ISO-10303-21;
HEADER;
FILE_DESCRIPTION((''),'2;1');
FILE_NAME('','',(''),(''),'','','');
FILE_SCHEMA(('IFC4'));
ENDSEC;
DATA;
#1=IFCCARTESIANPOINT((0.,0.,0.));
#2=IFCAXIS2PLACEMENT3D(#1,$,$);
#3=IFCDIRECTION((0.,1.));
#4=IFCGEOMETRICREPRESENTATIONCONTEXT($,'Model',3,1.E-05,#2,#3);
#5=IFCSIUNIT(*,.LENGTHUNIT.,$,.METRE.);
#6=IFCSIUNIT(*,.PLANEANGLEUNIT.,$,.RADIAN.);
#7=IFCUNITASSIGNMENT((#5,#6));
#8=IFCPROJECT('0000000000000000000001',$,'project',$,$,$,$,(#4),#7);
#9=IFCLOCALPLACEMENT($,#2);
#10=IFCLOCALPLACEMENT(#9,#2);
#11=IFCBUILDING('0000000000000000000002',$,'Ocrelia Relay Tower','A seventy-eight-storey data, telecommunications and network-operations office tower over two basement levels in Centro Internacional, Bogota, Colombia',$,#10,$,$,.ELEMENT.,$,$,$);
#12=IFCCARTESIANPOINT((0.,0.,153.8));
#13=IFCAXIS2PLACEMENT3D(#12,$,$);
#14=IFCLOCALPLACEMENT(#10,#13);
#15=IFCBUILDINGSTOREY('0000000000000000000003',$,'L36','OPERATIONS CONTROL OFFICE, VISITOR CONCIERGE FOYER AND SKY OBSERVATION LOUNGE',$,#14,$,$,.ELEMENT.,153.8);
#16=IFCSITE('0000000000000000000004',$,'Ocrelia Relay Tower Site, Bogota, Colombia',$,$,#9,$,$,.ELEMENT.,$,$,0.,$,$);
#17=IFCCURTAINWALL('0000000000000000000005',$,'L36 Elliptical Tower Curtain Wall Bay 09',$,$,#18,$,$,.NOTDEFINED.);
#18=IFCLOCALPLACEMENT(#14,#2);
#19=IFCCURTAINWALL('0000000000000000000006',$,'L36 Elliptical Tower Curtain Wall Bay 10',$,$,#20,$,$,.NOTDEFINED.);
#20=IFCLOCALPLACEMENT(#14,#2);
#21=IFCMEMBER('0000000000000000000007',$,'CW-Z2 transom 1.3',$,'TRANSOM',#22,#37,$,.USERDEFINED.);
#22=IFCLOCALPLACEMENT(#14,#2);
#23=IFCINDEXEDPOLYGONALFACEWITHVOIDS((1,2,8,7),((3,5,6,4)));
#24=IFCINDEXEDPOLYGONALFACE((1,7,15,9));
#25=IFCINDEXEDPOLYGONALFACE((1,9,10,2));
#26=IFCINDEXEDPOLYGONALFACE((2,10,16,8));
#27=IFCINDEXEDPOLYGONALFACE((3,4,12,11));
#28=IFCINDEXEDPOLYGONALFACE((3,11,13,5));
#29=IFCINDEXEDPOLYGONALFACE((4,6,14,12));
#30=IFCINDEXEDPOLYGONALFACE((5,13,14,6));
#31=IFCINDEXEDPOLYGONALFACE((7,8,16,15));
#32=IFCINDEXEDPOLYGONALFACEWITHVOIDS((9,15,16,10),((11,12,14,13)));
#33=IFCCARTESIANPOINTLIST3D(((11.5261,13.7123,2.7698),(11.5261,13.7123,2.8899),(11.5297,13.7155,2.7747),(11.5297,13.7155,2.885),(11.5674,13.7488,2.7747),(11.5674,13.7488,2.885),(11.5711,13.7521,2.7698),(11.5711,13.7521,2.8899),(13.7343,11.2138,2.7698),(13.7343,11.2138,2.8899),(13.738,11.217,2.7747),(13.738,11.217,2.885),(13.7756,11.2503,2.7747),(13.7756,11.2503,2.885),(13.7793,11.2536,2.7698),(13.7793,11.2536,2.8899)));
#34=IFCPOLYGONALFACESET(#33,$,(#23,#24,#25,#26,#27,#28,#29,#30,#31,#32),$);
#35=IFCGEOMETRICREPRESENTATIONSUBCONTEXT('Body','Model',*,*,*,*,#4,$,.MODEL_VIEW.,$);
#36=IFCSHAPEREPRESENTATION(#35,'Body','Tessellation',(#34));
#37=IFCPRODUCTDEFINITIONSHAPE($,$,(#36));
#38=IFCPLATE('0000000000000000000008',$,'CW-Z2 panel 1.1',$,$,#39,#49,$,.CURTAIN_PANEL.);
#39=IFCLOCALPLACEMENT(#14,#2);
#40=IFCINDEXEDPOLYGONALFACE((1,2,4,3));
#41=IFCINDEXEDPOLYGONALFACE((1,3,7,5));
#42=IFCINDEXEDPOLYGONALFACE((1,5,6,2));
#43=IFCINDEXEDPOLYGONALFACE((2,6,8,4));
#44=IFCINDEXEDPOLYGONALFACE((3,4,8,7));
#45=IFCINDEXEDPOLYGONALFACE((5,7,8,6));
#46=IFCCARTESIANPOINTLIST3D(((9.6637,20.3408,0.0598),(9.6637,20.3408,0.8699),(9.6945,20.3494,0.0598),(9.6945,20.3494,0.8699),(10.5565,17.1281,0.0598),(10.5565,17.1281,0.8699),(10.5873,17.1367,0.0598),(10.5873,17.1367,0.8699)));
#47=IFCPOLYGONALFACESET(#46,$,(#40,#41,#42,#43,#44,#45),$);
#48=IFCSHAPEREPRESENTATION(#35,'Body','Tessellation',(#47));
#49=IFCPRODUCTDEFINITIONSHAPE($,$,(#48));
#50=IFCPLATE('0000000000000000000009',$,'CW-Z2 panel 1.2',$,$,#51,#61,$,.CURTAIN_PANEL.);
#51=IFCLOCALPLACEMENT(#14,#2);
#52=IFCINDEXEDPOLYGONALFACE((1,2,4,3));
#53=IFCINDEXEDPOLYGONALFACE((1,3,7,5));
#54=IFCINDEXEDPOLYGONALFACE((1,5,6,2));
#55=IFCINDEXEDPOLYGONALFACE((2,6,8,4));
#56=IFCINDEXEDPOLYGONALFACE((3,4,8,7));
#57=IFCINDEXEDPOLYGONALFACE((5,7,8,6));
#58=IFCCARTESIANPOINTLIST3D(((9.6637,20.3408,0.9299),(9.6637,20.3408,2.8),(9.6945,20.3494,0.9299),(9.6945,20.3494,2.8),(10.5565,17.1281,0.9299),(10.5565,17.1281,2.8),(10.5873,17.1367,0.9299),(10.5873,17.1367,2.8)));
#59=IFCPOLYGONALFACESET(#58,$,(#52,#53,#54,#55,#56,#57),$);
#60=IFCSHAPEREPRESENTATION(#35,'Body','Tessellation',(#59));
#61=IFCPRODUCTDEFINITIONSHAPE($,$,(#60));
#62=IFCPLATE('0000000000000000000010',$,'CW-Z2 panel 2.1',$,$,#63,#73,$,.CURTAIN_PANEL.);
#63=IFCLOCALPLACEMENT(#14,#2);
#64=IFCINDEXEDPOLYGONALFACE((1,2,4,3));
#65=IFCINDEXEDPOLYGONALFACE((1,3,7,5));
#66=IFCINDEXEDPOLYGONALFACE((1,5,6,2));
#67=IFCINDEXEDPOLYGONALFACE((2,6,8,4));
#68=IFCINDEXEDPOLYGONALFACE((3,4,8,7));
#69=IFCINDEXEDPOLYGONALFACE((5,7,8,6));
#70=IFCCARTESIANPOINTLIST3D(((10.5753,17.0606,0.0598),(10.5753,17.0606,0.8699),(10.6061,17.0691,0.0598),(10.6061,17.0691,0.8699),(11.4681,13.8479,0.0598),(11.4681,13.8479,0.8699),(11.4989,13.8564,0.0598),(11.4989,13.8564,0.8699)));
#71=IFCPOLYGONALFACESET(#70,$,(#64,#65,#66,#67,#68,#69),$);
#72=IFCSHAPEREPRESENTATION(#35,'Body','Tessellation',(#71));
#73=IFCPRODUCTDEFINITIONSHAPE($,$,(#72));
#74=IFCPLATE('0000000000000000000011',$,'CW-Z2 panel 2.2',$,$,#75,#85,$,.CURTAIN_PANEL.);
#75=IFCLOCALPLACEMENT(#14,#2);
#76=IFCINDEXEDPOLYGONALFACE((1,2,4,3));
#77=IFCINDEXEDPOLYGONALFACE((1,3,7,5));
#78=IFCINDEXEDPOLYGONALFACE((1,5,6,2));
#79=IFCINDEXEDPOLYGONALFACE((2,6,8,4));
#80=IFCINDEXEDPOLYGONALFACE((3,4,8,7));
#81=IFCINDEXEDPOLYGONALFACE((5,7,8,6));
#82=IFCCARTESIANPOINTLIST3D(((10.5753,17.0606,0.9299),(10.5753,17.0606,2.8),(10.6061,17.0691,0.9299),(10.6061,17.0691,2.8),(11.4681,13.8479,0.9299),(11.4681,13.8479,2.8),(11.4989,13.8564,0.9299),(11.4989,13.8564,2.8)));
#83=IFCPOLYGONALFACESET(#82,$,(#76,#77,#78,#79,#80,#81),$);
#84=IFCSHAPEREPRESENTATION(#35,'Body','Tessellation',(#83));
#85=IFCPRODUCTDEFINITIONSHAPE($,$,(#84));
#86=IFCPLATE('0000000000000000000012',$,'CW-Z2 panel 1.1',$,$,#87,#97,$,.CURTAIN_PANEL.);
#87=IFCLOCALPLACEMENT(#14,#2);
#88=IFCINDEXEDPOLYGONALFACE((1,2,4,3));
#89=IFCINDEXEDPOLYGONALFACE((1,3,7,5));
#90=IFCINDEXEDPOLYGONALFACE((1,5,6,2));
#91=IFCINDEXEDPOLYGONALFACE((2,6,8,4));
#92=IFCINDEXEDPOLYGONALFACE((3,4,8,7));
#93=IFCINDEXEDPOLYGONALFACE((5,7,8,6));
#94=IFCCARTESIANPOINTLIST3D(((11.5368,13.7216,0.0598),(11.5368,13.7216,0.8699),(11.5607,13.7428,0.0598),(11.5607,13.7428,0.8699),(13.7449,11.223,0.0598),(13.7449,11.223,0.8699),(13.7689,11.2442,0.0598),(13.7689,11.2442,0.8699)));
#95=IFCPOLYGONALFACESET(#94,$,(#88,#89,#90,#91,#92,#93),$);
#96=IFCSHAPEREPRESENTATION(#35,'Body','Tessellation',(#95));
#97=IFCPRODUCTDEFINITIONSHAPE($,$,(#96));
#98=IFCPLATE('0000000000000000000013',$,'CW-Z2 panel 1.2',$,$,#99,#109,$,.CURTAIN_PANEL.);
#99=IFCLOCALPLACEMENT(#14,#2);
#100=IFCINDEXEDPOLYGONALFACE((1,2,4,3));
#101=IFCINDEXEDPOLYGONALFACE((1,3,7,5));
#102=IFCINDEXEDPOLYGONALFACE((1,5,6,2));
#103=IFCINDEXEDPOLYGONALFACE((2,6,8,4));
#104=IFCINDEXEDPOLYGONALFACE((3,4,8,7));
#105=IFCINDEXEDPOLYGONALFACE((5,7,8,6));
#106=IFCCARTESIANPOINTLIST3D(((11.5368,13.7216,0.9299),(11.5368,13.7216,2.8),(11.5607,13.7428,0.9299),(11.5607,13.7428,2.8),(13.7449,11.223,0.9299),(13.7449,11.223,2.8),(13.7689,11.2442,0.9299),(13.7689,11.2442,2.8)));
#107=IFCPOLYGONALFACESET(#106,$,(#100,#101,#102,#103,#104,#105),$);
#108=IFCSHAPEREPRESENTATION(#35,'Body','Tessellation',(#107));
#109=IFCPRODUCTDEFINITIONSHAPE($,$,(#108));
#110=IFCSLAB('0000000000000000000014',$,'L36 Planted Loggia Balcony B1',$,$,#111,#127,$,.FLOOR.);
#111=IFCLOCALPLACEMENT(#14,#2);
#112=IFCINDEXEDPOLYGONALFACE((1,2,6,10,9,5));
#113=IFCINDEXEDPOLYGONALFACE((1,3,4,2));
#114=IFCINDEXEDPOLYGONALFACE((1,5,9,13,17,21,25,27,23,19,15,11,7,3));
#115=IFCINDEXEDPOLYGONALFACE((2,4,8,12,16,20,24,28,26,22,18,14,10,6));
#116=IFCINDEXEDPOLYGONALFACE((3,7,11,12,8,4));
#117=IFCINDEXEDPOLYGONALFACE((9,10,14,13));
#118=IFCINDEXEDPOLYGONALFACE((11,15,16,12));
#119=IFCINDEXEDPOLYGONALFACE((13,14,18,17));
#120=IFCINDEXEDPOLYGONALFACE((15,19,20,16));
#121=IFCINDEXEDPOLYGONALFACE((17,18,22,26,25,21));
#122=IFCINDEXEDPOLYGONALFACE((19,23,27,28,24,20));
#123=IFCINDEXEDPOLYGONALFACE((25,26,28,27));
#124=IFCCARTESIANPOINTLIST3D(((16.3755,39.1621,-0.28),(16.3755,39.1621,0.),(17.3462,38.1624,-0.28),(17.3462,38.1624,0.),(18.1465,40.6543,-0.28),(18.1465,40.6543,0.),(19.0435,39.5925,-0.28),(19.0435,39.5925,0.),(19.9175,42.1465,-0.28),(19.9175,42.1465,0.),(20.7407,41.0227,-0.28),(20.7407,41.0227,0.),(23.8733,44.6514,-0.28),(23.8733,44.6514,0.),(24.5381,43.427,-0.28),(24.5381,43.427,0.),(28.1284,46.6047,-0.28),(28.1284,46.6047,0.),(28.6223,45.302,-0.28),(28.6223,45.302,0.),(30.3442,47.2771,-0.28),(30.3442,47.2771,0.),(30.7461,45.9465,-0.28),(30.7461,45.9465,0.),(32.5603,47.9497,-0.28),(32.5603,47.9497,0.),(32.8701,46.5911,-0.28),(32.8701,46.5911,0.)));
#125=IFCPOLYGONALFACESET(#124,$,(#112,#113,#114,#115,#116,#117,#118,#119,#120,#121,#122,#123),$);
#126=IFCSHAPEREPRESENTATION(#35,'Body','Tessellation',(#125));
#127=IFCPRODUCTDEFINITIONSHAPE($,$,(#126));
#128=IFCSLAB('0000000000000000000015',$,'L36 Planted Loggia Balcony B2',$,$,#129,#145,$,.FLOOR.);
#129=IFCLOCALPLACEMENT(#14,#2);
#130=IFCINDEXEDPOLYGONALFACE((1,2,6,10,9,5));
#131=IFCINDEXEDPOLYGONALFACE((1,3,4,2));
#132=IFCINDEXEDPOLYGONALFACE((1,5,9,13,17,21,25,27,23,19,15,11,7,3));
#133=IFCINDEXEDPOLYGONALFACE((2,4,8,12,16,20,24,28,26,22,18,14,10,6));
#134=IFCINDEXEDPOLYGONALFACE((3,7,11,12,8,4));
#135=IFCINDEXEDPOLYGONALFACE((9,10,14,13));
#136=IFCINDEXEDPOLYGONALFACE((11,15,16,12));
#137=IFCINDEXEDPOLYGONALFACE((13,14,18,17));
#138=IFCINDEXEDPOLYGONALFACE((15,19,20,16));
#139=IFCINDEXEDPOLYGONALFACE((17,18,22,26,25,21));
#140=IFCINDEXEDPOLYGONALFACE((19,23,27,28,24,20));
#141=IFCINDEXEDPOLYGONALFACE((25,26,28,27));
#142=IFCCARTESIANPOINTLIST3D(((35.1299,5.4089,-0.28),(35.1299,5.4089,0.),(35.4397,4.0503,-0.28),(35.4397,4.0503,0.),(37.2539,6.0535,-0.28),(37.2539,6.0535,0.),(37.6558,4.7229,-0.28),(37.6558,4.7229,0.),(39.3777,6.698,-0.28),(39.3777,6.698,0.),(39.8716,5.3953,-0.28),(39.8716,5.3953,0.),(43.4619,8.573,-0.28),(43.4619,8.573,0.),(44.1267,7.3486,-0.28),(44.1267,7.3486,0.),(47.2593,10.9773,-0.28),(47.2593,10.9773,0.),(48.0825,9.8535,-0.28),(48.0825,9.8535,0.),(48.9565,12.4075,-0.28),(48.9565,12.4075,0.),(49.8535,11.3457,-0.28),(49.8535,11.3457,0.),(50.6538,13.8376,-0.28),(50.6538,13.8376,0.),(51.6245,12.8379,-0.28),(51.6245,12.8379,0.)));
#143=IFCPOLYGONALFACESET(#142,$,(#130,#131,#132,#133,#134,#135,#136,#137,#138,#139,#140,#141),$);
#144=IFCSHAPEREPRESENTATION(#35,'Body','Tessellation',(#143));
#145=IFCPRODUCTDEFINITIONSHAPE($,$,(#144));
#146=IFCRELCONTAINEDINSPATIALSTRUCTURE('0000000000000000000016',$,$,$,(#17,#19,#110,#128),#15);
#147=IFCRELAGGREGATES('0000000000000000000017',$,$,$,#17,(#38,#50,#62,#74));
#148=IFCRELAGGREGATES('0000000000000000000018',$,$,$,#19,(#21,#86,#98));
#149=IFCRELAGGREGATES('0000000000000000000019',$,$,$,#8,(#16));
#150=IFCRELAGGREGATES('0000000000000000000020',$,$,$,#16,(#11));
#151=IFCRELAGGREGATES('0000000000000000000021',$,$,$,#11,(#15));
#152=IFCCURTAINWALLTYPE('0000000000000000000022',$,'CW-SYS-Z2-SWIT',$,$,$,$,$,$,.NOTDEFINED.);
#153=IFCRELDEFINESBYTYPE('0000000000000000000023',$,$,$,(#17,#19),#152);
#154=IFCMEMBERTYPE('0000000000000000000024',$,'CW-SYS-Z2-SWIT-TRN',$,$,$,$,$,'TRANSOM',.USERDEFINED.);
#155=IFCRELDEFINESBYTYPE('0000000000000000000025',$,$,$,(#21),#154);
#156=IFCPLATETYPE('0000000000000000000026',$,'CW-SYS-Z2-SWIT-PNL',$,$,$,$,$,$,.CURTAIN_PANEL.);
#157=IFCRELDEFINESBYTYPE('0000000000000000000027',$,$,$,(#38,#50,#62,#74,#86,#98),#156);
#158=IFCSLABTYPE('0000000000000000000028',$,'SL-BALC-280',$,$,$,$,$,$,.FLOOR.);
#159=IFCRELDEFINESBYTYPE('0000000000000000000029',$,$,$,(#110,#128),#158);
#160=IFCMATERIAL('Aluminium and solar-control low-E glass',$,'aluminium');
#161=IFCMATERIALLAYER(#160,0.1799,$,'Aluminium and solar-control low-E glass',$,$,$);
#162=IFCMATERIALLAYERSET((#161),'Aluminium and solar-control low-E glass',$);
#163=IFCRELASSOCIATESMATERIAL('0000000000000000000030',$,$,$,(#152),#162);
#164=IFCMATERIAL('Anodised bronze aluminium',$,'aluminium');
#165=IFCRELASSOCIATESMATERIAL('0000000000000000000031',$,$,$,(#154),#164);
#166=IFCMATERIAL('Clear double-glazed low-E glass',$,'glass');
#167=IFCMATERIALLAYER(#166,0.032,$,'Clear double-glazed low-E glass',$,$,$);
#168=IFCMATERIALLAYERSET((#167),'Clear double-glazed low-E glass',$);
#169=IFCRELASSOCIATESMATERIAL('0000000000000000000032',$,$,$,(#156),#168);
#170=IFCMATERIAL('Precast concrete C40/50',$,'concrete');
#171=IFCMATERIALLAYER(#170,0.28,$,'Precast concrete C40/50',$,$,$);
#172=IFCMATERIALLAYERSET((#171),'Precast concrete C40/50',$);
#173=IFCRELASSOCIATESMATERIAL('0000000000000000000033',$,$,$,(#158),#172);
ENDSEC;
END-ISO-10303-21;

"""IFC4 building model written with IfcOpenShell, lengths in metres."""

from ifc_helpers import new_model, si_unit, direction, frame, origin, origin_2d, place, context, subcontext, project, spatial, polyline, rectangle, hollow_rectangle, outline, extrude, material, layer, layer_set, material_profile, profile_set, type_object, element, aggregate, save


model = new_model("IFC4")

# Units and contexts
model_context = context("Model", 3, precision=1e-05, world=origin(), true_north=direction((0.0, 1.0)))
body_context = subcontext(model_context, "Body", "Model", "MODEL_VIEW")
ifc_project = project(units=[si_unit("LENGTHUNIT", "METRE"), si_unit("PLANEANGLEUNIT", "RADIAN")], contexts=[model_context])

# Site, building, storey
site_placement = place(None, origin())
site = spatial("IfcSite", under=ifc_project, at=site_placement, Name="Ocrelia Relay Tower Site, Bogota, Colombia", CompositionType="ELEMENT", RefElevation=0.0)
building_placement = place(site_placement, origin())
building = spatial("IfcBuilding", under=site, at=building_placement, Name="Ocrelia Relay Tower", Description="A seventy-eight-storey data, telecommunications and network-operations office tower over two basement levels in Centro Internacional, Bogota, Colombia", CompositionType="ELEMENT")
storey_placement = place(building_placement, frame((0.0, 0.0, 153.8)))
storey = spatial("IfcBuildingStorey", under=building, at=storey_placement, Name="L36", Description="OPERATIONS CONTROL OFFICE, VISITOR CONCIERGE FOYER AND SKY OBSERVATION LOUNGE", CompositionType="ELEMENT", Elevation=153.8)

# Curtain wall
ifc_material_1 = material(Name="Aluminium and solar-control low-E glass", Category="aluminium")
ifc_layer_1 = layer(ifc_material_1, 0.1799, Name="Aluminium and solar-control low-E glass")
ifc_layer_set_1 = layer_set([ifc_layer_1], Name="Aluminium and solar-control low-E glass")
curtain_wall_type = type_object("IfcCurtainWallType", Name="CW-SYS-Z2-SWIT", PredefinedType="NOTDEFINED", material=ifc_layer_set_1)
curtain_wall_1_placement = place(storey_placement, origin())
curtain_wall_1 = element("IfcCurtainWall", 1, at=curtain_wall_1_placement, inside=storey, type_object=curtain_wall_type, Name="L36 Elliptical Tower Curtain Wall Bay 09", PredefinedType="NOTDEFINED")
ifc_material_2 = material(Name="Anodised bronze aluminium", Category="aluminium")

# Curtain wall
curtain_wall_2_placement = place(storey_placement, origin())
curtain_wall_2 = element("IfcCurtainWall", 2, at=curtain_wall_2_placement, inside=storey, type_object=curtain_wall_type, Name="L36 Elliptical Tower Curtain Wall Bay 10", PredefinedType="NOTDEFINED")

# Member
ifc_material_profile_1 = material_profile(ifc_material_2, hollow_rectangle(XDim=0.0601, YDim=0.1201, WallThickness=0.0049, at=origin_2d()), Name="CW-TRN-120x60")
ifc_profile_set_1 = profile_set([ifc_material_profile_1], Name="Anodised bronze aluminium")
member_type_1 = type_object("IfcMemberType", Name="CW-SYS-Z2-SWIT-TRN", ElementType="TRANSOM", PredefinedType="USERDEFINED", material=ifc_profile_set_1)
member_1_placement = place(storey_placement, frame((11.5486, 13.7322, 2.8298), z_axis=(0.662239, -0.749293, 0.0), x_axis=(0.749293, 0.662239, 0.0)))
member_1 = element("IfcMember", 3, at=member_1_placement, type_object=member_type_1, Name="CW-Z2 transom 1.3", ObjectType="TRANSOM", PredefinedType="USERDEFINED", context=body_context, shape_type="SweptSolid", body=[
    extrude(hollow_rectangle(XDim=0.0601, YDim=0.1201, WallThickness=0.0049, at=origin_2d()), origin(), (0.0, 0.0, 1.0), 3.3345),
])

# Plates
ifc_material_3 = material(Name="Clear double-glazed low-E glass", Category="glass")
ifc_layer_2 = layer(ifc_material_3, 0.032, Name="Clear double-glazed low-E glass")
ifc_layer_set_2 = layer_set([ifc_layer_2], Name="Clear double-glazed low-E glass")
plate_type = type_object("IfcPlateType", Name="CW-SYS-Z2-SWIT-PNL", PredefinedType="CURTAIN_PANEL", material=ifc_layer_set_2)
plate_1_placement = place(storey_placement, frame((10.1255, 18.7388, 0.0598), z_axis=(0.0, 0.0, 1.0), x_axis=(0.267754, -0.963487, 0.0)))
plate_1 = element("IfcPlate", 4, at=plate_1_placement, type_object=plate_type, Name="CW-Z2 panel 1.1", PredefinedType="CURTAIN_PANEL", context=body_context, shape_type="SweptSolid", body=[
    extrude(rectangle(XDim=3.3345, YDim=0.032, at=origin_2d()), origin(), (0.0, 0.0, 1.0), 0.8101),
])
plate_2_placement = place(storey_placement, frame((10.1255, 18.7388, 0.9299), z_axis=(0.0, 0.0, 1.0), x_axis=(0.267754, -0.963487, 0.0)))
plate_2 = element("IfcPlate", 5, at=plate_2_placement, type_object=plate_type, Name="CW-Z2 panel 1.2", PredefinedType="CURTAIN_PANEL", context=body_context, shape_type="SweptSolid", body=[
    extrude(rectangle(XDim=3.3345, YDim=0.032, at=origin_2d()), origin(), (0.0, 0.0, 1.0), 1.8701),
])
plate_3_placement = place(storey_placement, frame((11.0371, 15.4585, 0.0598), z_axis=(0.0, 0.0, 1.0), x_axis=(0.267754, -0.963487, 0.0)))
plate_3 = element("IfcPlate", 6, at=plate_3_placement, type_object=plate_type, Name="CW-Z2 panel 2.1", PredefinedType="CURTAIN_PANEL", context=body_context, shape_type="SweptSolid", body=[
    extrude(rectangle(XDim=3.3345, YDim=0.032, at=origin_2d()), origin(), (0.0, 0.0, 1.0), 0.8101),
])
plate_4_placement = place(storey_placement, frame((11.0371, 15.4585, 0.9299), z_axis=(0.0, 0.0, 1.0), x_axis=(0.267754, -0.963487, 0.0)))
plate_4 = element("IfcPlate", 7, at=plate_4_placement, type_object=plate_type, Name="CW-Z2 panel 2.2", PredefinedType="CURTAIN_PANEL", context=body_context, shape_type="SweptSolid", body=[
    extrude(rectangle(XDim=3.3345, YDim=0.032, at=origin_2d()), origin(), (0.0, 0.0, 1.0), 1.8701),
])
aggregate(curtain_wall_1, [plate_1, plate_2, plate_3, plate_4])
plate_5_placement = place(storey_placement, frame((12.6528, 12.4829, 0.0598), z_axis=(0.0, 0.0, 1.0), x_axis=(0.662219, -0.74931, 0.0)))
plate_5 = element("IfcPlate", 8, at=plate_5_placement, type_object=plate_type, Name="CW-Z2 panel 1.1", PredefinedType="CURTAIN_PANEL", context=body_context, shape_type="SweptSolid", body=[
    extrude(rectangle(XDim=3.3345, YDim=0.032, at=origin_2d()), origin(), (0.0, 0.0, 1.0), 0.8101),
])
plate_6_placement = place(storey_placement, frame((12.6528, 12.4829, 0.9299), z_axis=(0.0, 0.0, 1.0), x_axis=(0.662219, -0.74931, 0.0)))
plate_6 = element("IfcPlate", 9, at=plate_6_placement, type_object=plate_type, Name="CW-Z2 panel 1.2", PredefinedType="CURTAIN_PANEL", context=body_context, shape_type="SweptSolid", body=[
    extrude(rectangle(XDim=3.3345, YDim=0.032, at=origin_2d()), origin(), (0.0, 0.0, 1.0), 1.8701),
])
aggregate(curtain_wall_2, [member_1, plate_5, plate_6])

# Slabs
ifc_material_4 = material(Name="Precast concrete C40/50", Category="concrete")
ifc_layer_3 = layer(ifc_material_4, 0.28, Name="Precast concrete C40/50")
ifc_layer_set_3 = layer_set([ifc_layer_3], Name="Precast concrete C40/50")
slab_type_1 = type_object("IfcSlabType", Name="SL-BALC-280", PredefinedType="FLOOR", material=ifc_layer_set_3)
slab_1_placement = place(storey_placement, frame((0.0, 0.0, -0.28)))
element("IfcSlab", 10, at=slab_1_placement, inside=storey, type_object=slab_type_1, Name="L36 Planted Loggia Balcony B1", PredefinedType="FLOOR", context=body_context, shape_type="SweptSolid", body=[
    extrude(outline(polyline([(32.8701, 46.5911), (30.7461, 45.9465), (28.6223, 45.302), (24.5381, 43.427), (20.7407, 41.0227), (19.0435, 39.5925), (17.3462, 38.1624), (16.3755, 39.1621), (18.1465, 40.6543), (19.9175, 42.1465), (23.8733, 44.6514), (28.1284, 46.6047), (30.3442, 47.2771), (32.5603, 47.9497), (32.8701, 46.5911)])), origin(), (0.0, 0.0, 1.0), 0.28),
])
slab_2_placement = place(storey_placement, frame((0.0, 0.0, -0.28)))
element("IfcSlab", 11, at=slab_2_placement, inside=storey, type_object=slab_type_1, Name="L36 Planted Loggia Balcony B2", PredefinedType="FLOOR", context=body_context, shape_type="SweptSolid", body=[
    extrude(outline(polyline([(35.1299, 5.4089), (37.2539, 6.0535), (39.3777, 6.698), (43.4619, 8.573), (47.2593, 10.9773), (48.9565, 12.4075), (50.6538, 13.8376), (51.6245, 12.8379), (49.8535, 11.3457), (48.0825, 9.8535), (44.1267, 7.3486), (39.8716, 5.3953), (37.6558, 4.7229), (35.4397, 4.0503), (35.1299, 5.4089)])), origin(), (0.0, 0.0, 1.0), 0.28),
])

save(model, "model.ifc")
